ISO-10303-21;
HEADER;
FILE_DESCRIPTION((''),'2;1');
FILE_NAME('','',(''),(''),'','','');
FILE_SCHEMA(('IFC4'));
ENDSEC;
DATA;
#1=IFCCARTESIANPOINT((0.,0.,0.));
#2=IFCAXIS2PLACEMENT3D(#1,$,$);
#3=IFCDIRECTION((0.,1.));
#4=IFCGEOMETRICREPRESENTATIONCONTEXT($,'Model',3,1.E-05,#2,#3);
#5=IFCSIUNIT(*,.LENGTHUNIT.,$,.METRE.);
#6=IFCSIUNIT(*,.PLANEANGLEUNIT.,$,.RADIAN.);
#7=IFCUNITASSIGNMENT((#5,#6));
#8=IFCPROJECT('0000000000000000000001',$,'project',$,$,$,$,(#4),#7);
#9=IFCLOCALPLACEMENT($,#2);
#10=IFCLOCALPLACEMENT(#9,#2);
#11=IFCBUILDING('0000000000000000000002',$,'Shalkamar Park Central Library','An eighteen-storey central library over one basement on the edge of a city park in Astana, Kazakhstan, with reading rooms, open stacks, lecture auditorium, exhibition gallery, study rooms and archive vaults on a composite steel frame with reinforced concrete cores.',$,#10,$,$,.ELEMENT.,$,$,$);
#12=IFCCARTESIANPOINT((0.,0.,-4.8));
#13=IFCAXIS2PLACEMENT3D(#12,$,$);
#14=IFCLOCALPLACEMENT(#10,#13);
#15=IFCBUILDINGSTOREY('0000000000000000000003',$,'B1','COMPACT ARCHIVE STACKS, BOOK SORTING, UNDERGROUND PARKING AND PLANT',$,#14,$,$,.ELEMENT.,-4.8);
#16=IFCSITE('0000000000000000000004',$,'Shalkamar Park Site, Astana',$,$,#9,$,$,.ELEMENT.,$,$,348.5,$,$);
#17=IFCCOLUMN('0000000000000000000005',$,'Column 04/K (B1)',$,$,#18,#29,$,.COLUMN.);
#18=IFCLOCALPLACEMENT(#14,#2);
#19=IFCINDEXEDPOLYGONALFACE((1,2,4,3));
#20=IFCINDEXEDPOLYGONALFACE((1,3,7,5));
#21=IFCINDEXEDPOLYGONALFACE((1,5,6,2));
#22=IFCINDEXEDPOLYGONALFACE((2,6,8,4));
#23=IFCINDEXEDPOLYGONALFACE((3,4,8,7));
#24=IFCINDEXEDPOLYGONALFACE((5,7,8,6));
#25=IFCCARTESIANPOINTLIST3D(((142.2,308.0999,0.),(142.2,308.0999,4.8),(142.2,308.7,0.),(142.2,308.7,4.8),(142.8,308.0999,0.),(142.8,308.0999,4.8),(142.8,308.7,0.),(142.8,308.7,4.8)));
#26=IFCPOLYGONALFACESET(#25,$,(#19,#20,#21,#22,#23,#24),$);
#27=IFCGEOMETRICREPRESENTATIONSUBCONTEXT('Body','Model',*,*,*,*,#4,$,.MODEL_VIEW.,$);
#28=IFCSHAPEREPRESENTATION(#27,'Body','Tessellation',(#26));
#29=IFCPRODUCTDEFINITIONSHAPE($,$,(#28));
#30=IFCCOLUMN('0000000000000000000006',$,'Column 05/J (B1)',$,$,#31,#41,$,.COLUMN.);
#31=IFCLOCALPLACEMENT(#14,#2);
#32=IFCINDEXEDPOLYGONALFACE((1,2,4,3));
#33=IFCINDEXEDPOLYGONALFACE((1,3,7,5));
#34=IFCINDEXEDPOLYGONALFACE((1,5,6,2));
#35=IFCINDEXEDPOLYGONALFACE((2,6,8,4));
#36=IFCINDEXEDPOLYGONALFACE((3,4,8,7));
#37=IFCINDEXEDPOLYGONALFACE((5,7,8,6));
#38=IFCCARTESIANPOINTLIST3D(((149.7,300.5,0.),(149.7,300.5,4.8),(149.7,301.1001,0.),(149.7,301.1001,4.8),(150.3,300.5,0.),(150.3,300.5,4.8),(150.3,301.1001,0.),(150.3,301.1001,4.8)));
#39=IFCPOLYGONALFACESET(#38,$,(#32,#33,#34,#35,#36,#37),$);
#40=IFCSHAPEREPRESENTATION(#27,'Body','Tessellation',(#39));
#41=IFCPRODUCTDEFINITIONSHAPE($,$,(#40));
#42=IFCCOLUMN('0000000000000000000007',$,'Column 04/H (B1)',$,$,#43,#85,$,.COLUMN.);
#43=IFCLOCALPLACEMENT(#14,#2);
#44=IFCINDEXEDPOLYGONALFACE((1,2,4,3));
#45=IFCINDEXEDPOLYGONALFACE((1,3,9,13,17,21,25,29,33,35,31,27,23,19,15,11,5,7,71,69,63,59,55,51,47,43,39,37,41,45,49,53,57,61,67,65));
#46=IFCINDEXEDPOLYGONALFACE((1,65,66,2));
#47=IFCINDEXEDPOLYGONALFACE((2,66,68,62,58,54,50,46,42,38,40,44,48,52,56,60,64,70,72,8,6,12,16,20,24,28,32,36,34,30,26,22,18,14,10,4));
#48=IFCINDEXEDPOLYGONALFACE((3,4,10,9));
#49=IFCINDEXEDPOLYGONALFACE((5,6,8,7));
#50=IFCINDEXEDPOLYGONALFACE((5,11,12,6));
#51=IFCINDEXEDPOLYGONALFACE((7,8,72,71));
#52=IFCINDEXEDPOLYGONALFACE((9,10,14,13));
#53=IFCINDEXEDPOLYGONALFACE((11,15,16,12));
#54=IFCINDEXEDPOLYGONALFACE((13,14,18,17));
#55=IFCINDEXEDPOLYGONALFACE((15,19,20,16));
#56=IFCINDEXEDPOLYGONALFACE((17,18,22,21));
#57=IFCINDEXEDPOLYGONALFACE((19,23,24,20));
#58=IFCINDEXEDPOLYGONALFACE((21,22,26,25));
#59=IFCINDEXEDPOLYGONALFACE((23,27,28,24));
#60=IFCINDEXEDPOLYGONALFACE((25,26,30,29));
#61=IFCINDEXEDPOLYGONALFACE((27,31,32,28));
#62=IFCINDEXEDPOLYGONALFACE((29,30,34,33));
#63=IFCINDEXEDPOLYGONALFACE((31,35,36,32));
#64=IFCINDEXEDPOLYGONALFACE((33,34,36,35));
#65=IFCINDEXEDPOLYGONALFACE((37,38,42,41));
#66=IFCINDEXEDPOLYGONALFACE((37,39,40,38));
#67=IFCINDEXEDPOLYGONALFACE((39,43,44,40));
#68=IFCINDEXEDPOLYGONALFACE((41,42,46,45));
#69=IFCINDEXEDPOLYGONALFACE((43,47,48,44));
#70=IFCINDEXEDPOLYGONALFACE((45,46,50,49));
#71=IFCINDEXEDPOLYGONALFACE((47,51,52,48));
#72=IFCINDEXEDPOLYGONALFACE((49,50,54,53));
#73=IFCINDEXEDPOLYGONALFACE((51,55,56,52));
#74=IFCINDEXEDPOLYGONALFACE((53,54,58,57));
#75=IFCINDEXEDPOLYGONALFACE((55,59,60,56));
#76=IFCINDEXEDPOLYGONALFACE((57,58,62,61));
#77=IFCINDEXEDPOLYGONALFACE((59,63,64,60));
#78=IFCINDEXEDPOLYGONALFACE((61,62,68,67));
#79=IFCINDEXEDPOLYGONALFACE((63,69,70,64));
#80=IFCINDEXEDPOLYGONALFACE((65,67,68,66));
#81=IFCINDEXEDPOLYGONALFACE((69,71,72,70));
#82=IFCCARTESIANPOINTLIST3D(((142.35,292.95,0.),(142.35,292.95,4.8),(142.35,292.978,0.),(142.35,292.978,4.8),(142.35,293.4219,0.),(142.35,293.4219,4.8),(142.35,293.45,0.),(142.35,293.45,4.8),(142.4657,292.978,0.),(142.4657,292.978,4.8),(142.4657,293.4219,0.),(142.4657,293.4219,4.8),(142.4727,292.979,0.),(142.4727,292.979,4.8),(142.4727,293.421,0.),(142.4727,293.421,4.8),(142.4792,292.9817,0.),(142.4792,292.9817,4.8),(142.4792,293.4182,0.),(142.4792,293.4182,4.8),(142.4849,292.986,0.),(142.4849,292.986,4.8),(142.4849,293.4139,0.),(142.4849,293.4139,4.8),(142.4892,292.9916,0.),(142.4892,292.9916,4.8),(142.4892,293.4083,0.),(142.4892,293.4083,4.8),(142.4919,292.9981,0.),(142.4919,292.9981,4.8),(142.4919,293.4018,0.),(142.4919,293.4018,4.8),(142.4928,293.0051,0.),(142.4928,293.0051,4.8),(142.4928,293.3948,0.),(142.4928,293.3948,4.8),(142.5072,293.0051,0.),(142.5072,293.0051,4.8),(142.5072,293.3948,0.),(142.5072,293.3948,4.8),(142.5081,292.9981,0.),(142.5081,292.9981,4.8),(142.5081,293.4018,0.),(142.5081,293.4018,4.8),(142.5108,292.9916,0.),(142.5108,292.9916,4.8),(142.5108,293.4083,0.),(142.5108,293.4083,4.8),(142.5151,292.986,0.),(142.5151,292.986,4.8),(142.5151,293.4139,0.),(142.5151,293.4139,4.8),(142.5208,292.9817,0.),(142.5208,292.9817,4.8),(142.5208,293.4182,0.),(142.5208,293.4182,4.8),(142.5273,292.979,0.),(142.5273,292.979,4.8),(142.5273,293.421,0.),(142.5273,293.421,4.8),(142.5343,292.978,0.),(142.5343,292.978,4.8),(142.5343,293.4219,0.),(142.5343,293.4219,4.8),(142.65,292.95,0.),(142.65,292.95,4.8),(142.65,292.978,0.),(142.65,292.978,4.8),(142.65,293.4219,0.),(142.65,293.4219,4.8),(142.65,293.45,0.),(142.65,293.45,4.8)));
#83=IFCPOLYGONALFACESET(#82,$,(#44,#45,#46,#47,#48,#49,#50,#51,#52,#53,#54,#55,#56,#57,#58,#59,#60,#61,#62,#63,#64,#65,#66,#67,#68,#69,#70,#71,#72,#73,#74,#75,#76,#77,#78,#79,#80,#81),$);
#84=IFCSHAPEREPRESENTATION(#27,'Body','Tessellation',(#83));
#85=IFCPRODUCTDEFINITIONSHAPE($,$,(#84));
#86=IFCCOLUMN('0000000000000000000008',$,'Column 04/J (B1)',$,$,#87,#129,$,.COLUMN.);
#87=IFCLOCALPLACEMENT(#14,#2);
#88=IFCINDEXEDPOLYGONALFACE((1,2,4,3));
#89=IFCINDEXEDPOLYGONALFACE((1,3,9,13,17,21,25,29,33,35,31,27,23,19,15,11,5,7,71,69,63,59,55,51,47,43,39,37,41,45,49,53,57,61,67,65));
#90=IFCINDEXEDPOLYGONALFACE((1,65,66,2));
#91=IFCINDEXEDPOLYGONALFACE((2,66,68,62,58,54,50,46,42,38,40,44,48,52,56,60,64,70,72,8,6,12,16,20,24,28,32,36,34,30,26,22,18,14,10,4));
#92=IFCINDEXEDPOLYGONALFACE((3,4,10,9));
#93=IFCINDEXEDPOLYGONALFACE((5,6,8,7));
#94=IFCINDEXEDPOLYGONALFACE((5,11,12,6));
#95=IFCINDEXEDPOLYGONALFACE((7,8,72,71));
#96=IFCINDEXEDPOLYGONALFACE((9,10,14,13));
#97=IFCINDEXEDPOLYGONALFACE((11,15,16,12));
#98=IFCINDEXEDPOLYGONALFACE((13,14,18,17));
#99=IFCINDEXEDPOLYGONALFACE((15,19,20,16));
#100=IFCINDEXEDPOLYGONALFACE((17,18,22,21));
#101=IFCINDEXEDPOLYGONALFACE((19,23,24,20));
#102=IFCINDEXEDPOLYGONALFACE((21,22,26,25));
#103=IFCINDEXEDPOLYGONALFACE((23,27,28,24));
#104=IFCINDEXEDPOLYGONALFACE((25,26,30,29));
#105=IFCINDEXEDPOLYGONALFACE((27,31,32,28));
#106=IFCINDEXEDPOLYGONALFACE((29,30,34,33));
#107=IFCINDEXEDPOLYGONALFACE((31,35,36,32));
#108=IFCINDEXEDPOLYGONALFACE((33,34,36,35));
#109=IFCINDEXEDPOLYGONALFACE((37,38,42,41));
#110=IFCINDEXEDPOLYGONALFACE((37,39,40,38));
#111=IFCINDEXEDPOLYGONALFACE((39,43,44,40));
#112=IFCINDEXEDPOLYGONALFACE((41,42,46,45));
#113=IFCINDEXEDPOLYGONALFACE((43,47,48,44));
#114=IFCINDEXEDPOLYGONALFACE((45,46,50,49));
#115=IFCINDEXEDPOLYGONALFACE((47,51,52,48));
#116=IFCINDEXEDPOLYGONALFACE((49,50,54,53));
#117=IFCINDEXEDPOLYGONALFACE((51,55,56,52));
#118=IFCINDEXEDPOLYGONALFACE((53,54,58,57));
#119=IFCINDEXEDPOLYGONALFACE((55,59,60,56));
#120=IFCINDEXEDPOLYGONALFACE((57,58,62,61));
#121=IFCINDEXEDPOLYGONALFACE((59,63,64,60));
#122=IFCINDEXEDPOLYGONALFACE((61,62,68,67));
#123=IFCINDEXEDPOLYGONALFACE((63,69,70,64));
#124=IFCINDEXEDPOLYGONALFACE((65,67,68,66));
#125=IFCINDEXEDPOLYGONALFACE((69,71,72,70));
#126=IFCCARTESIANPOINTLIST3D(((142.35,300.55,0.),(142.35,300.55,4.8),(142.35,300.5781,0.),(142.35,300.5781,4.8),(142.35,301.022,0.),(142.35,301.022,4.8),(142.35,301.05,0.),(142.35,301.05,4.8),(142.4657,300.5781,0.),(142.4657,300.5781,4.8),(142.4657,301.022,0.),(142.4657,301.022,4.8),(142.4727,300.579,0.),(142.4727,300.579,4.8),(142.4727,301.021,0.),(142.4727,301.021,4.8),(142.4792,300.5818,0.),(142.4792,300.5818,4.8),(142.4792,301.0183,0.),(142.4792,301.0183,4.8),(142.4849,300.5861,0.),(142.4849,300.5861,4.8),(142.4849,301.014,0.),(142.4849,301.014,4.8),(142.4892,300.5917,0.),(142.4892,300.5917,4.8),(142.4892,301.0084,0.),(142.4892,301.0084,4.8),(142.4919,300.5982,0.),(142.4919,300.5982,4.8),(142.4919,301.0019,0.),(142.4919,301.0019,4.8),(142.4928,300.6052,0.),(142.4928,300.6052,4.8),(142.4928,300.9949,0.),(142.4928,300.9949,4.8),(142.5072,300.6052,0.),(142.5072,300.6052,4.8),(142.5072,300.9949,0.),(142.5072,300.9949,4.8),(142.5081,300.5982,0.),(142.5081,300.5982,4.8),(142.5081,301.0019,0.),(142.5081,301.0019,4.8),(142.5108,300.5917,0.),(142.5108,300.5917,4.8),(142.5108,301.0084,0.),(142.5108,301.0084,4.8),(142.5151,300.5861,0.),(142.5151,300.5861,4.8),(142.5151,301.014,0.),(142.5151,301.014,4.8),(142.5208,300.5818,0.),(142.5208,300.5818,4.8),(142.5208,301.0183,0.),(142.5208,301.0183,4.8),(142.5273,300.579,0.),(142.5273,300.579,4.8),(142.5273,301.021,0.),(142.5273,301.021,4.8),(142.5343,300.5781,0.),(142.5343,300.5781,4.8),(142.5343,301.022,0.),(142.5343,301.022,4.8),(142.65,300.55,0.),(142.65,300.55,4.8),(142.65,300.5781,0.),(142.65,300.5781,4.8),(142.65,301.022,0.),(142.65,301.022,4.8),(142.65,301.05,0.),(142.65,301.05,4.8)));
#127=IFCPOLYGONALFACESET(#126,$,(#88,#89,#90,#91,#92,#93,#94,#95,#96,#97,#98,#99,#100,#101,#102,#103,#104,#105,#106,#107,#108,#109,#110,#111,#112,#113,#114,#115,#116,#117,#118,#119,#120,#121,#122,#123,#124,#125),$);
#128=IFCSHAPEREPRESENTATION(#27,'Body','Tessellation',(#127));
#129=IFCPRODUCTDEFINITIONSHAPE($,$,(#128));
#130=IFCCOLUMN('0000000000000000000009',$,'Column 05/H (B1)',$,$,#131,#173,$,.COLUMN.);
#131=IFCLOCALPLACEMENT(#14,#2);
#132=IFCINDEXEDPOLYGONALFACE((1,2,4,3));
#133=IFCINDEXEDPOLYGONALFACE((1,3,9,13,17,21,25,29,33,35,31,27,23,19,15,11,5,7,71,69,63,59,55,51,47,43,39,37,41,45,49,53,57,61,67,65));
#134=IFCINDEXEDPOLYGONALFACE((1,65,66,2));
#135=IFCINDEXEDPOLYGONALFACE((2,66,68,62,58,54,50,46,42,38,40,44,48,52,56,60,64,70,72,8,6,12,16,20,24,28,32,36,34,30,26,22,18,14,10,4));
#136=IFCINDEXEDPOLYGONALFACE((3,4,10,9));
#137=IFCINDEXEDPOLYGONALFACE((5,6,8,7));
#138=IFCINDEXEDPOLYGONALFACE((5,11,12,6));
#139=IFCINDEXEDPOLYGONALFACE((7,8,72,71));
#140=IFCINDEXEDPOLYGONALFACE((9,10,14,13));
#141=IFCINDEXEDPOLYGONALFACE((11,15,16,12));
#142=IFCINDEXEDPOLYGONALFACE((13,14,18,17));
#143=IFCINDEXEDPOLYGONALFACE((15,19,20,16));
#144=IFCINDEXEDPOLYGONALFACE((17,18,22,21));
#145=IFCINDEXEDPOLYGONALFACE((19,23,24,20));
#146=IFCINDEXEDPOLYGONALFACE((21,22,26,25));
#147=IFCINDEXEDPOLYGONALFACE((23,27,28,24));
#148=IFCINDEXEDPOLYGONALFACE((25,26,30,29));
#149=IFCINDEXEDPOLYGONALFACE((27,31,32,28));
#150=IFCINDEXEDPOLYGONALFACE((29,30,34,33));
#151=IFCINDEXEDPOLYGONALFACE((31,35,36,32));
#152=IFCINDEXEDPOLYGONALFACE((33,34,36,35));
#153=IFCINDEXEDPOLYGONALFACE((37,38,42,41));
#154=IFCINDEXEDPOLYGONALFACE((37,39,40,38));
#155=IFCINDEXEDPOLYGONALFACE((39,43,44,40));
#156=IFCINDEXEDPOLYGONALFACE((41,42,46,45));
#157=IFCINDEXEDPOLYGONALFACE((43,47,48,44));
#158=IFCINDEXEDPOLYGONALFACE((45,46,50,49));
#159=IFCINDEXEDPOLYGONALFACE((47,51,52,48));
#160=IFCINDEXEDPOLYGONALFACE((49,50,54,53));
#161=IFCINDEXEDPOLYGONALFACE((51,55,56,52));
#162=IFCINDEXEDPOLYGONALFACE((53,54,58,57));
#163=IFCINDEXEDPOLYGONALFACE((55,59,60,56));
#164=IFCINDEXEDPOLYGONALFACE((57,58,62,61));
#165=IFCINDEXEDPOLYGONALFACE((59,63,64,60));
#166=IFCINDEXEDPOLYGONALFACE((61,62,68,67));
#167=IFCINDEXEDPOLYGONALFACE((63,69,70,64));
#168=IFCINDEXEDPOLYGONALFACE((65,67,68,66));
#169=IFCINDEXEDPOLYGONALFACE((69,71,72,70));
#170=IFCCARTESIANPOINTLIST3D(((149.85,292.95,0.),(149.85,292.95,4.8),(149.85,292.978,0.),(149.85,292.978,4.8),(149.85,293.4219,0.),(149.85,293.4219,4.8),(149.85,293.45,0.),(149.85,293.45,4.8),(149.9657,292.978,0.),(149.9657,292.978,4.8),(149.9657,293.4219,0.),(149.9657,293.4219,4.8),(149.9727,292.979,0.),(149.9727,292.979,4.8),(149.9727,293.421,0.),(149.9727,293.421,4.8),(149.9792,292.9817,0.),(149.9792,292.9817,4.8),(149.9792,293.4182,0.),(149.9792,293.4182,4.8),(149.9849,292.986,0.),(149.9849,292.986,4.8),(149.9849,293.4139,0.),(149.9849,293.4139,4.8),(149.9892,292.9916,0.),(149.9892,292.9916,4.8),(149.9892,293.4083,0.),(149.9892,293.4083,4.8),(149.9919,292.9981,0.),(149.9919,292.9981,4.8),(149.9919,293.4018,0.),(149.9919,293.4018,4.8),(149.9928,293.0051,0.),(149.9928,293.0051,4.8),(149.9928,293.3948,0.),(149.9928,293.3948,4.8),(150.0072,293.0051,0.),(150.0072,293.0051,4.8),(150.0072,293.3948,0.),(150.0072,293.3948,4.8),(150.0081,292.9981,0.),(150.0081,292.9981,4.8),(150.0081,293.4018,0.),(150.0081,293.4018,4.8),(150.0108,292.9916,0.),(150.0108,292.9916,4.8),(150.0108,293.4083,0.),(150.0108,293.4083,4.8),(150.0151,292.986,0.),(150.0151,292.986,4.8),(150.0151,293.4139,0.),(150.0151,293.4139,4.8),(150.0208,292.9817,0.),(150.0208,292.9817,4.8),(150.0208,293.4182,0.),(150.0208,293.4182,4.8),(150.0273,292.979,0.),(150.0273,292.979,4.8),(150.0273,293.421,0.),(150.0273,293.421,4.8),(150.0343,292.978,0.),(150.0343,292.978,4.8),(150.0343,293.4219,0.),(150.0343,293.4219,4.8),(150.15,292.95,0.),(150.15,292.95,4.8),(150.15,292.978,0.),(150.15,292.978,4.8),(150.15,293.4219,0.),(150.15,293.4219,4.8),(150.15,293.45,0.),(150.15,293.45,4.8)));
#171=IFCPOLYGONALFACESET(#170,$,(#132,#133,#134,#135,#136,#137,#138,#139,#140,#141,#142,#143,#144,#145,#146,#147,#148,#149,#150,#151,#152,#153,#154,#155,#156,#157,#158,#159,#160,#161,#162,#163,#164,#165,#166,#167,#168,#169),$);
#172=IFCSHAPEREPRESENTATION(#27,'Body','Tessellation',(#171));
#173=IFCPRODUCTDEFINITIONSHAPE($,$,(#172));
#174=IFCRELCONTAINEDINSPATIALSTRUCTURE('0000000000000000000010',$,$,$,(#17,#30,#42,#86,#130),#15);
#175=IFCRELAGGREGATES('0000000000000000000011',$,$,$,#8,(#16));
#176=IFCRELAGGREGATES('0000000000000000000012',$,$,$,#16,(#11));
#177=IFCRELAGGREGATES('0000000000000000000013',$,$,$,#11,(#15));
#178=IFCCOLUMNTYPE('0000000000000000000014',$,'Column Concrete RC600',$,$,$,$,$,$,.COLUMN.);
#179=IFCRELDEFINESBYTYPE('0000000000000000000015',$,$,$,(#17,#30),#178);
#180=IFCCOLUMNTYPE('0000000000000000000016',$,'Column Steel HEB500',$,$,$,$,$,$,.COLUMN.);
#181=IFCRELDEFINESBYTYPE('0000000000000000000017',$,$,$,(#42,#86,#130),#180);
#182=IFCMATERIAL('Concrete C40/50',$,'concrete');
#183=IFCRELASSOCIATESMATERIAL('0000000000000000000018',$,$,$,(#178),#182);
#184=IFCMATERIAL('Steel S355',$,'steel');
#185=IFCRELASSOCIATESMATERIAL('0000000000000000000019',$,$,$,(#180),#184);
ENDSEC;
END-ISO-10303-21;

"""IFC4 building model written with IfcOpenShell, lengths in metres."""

from ifc_helpers import new_model, si_unit, direction, frame, origin, origin_2d, place, context, subcontext, project, spatial, rectangle, i_section, extrude, material, material_profile, profile_set, type_object, element, save


model = new_model("IFC4")

# Units and contexts
model_context = context("Model", 3, precision=1e-05, world=origin(), true_north=direction((0.0, 1.0)))
body_context = subcontext(model_context, "Body", "Model", "MODEL_VIEW")
ifc_project = project(units=[si_unit("LENGTHUNIT", "METRE"), si_unit("PLANEANGLEUNIT", "RADIAN")], contexts=[model_context])

# Site, building, storey
site_placement = place(None, origin())
site = spatial("IfcSite", under=ifc_project, at=site_placement, Name="Shalkamar Park Site, Astana", CompositionType="ELEMENT", RefElevation=348.5)
building_placement = place(site_placement, origin())
building = spatial("IfcBuilding", under=site, at=building_placement, Name="Shalkamar Park Central Library", Description="An eighteen-storey central library over one basement on the edge of a city park in Astana, Kazakhstan, with reading rooms, open stacks, lecture auditorium, exhibition gallery, study rooms and archive vaults on a composite steel frame with reinforced concrete cores.", CompositionType="ELEMENT")
storey_placement = place(building_placement, frame((0.0, 0.0, -4.8)))
storey = spatial("IfcBuildingStorey", under=building, at=storey_placement, Name="B1", Description="COMPACT ARCHIVE STACKS, BOOK SORTING, UNDERGROUND PARKING AND PLANT", CompositionType="ELEMENT", Elevation=-4.8)

# Columns
ifc_material_1 = material(Name="Concrete C40/50", Category="concrete")
ifc_material_profile_1 = material_profile(ifc_material_1, rectangle(XDim=0.6001, YDim=0.6001, at=origin_2d()), Name="RC 600x600")
ifc_profile_set_1 = profile_set([ifc_material_profile_1], Name="Concrete C40/50")
column_type_1 = type_object("IfcColumnType", Name="Column Concrete RC600", PredefinedType="COLUMN", material=ifc_profile_set_1)
for number, where, z_axis, x_axis, name in (
    (1, (142.5, 308.3999, 0.0), (0.0, 0.0, 1.0), (1.0, 0.0, 0.0), "Column 04/K (B1)"),
    (2, (150.0, 300.8, 0.0), (0.0, 0.0, 1.0), (1.0, 0.0, 0.0), "Column 05/J (B1)"),
):
    element("IfcColumn", number, at=place(storey_placement, frame(where, z_axis=z_axis, x_axis=x_axis)), inside=storey, type_object=column_type_1, Name=name, PredefinedType="COLUMN", context=body_context, shape_type="SweptSolid", body=[
        extrude(rectangle(XDim=0.6001, YDim=0.6001, at=origin_2d()), origin(), (0.0, 0.0, 1.0), 4.8),
    ])
ifc_material_2 = material(Name="Steel S355", Category="steel")
ifc_material_profile_2 = material_profile(ifc_material_2, i_section(OverallWidth=0.3, OverallDepth=0.5, WebThickness=0.0144, FlangeThickness=0.0281, FilletRadius=0.0271, at=origin_2d()), Name="HEB 500")
ifc_profile_set_2 = profile_set([ifc_material_profile_2], Name="Steel S355")
column_type_2 = type_object("IfcColumnType", Name="Column Steel HEB500", PredefinedType="COLUMN", material=ifc_profile_set_2)
for number, where, z_axis, x_axis, name in (
    (3, (142.5, 293.2, 0.0), (0.0, 0.0, 1.0), (1.0, 0.0, 0.0), "Column 04/H (B1)"),
    (4, (142.5, 300.8, 0.0), (0.0, 0.0, 1.0), (1.0, 0.0, 0.0), "Column 04/J (B1)"),
    (5, (150.0, 293.2, 0.0), (0.0, 0.0, 1.0), (1.0, 0.0, 0.0), "Column 05/H (B1)"),
):
    element("IfcColumn", number, at=place(storey_placement, frame(where, z_axis=z_axis, x_axis=x_axis)), inside=storey, type_object=column_type_2, Name=name, PredefinedType="COLUMN", context=body_context, shape_type="SweptSolid", body=[
        extrude(i_section(OverallWidth=0.3, OverallDepth=0.5, WebThickness=0.0144, FlangeThickness=0.0281, FilletRadius=0.0271, at=origin_2d()), origin(), (0.0, 0.0, 1.0), 4.8),
    ])

save(model, "model.ifc")
